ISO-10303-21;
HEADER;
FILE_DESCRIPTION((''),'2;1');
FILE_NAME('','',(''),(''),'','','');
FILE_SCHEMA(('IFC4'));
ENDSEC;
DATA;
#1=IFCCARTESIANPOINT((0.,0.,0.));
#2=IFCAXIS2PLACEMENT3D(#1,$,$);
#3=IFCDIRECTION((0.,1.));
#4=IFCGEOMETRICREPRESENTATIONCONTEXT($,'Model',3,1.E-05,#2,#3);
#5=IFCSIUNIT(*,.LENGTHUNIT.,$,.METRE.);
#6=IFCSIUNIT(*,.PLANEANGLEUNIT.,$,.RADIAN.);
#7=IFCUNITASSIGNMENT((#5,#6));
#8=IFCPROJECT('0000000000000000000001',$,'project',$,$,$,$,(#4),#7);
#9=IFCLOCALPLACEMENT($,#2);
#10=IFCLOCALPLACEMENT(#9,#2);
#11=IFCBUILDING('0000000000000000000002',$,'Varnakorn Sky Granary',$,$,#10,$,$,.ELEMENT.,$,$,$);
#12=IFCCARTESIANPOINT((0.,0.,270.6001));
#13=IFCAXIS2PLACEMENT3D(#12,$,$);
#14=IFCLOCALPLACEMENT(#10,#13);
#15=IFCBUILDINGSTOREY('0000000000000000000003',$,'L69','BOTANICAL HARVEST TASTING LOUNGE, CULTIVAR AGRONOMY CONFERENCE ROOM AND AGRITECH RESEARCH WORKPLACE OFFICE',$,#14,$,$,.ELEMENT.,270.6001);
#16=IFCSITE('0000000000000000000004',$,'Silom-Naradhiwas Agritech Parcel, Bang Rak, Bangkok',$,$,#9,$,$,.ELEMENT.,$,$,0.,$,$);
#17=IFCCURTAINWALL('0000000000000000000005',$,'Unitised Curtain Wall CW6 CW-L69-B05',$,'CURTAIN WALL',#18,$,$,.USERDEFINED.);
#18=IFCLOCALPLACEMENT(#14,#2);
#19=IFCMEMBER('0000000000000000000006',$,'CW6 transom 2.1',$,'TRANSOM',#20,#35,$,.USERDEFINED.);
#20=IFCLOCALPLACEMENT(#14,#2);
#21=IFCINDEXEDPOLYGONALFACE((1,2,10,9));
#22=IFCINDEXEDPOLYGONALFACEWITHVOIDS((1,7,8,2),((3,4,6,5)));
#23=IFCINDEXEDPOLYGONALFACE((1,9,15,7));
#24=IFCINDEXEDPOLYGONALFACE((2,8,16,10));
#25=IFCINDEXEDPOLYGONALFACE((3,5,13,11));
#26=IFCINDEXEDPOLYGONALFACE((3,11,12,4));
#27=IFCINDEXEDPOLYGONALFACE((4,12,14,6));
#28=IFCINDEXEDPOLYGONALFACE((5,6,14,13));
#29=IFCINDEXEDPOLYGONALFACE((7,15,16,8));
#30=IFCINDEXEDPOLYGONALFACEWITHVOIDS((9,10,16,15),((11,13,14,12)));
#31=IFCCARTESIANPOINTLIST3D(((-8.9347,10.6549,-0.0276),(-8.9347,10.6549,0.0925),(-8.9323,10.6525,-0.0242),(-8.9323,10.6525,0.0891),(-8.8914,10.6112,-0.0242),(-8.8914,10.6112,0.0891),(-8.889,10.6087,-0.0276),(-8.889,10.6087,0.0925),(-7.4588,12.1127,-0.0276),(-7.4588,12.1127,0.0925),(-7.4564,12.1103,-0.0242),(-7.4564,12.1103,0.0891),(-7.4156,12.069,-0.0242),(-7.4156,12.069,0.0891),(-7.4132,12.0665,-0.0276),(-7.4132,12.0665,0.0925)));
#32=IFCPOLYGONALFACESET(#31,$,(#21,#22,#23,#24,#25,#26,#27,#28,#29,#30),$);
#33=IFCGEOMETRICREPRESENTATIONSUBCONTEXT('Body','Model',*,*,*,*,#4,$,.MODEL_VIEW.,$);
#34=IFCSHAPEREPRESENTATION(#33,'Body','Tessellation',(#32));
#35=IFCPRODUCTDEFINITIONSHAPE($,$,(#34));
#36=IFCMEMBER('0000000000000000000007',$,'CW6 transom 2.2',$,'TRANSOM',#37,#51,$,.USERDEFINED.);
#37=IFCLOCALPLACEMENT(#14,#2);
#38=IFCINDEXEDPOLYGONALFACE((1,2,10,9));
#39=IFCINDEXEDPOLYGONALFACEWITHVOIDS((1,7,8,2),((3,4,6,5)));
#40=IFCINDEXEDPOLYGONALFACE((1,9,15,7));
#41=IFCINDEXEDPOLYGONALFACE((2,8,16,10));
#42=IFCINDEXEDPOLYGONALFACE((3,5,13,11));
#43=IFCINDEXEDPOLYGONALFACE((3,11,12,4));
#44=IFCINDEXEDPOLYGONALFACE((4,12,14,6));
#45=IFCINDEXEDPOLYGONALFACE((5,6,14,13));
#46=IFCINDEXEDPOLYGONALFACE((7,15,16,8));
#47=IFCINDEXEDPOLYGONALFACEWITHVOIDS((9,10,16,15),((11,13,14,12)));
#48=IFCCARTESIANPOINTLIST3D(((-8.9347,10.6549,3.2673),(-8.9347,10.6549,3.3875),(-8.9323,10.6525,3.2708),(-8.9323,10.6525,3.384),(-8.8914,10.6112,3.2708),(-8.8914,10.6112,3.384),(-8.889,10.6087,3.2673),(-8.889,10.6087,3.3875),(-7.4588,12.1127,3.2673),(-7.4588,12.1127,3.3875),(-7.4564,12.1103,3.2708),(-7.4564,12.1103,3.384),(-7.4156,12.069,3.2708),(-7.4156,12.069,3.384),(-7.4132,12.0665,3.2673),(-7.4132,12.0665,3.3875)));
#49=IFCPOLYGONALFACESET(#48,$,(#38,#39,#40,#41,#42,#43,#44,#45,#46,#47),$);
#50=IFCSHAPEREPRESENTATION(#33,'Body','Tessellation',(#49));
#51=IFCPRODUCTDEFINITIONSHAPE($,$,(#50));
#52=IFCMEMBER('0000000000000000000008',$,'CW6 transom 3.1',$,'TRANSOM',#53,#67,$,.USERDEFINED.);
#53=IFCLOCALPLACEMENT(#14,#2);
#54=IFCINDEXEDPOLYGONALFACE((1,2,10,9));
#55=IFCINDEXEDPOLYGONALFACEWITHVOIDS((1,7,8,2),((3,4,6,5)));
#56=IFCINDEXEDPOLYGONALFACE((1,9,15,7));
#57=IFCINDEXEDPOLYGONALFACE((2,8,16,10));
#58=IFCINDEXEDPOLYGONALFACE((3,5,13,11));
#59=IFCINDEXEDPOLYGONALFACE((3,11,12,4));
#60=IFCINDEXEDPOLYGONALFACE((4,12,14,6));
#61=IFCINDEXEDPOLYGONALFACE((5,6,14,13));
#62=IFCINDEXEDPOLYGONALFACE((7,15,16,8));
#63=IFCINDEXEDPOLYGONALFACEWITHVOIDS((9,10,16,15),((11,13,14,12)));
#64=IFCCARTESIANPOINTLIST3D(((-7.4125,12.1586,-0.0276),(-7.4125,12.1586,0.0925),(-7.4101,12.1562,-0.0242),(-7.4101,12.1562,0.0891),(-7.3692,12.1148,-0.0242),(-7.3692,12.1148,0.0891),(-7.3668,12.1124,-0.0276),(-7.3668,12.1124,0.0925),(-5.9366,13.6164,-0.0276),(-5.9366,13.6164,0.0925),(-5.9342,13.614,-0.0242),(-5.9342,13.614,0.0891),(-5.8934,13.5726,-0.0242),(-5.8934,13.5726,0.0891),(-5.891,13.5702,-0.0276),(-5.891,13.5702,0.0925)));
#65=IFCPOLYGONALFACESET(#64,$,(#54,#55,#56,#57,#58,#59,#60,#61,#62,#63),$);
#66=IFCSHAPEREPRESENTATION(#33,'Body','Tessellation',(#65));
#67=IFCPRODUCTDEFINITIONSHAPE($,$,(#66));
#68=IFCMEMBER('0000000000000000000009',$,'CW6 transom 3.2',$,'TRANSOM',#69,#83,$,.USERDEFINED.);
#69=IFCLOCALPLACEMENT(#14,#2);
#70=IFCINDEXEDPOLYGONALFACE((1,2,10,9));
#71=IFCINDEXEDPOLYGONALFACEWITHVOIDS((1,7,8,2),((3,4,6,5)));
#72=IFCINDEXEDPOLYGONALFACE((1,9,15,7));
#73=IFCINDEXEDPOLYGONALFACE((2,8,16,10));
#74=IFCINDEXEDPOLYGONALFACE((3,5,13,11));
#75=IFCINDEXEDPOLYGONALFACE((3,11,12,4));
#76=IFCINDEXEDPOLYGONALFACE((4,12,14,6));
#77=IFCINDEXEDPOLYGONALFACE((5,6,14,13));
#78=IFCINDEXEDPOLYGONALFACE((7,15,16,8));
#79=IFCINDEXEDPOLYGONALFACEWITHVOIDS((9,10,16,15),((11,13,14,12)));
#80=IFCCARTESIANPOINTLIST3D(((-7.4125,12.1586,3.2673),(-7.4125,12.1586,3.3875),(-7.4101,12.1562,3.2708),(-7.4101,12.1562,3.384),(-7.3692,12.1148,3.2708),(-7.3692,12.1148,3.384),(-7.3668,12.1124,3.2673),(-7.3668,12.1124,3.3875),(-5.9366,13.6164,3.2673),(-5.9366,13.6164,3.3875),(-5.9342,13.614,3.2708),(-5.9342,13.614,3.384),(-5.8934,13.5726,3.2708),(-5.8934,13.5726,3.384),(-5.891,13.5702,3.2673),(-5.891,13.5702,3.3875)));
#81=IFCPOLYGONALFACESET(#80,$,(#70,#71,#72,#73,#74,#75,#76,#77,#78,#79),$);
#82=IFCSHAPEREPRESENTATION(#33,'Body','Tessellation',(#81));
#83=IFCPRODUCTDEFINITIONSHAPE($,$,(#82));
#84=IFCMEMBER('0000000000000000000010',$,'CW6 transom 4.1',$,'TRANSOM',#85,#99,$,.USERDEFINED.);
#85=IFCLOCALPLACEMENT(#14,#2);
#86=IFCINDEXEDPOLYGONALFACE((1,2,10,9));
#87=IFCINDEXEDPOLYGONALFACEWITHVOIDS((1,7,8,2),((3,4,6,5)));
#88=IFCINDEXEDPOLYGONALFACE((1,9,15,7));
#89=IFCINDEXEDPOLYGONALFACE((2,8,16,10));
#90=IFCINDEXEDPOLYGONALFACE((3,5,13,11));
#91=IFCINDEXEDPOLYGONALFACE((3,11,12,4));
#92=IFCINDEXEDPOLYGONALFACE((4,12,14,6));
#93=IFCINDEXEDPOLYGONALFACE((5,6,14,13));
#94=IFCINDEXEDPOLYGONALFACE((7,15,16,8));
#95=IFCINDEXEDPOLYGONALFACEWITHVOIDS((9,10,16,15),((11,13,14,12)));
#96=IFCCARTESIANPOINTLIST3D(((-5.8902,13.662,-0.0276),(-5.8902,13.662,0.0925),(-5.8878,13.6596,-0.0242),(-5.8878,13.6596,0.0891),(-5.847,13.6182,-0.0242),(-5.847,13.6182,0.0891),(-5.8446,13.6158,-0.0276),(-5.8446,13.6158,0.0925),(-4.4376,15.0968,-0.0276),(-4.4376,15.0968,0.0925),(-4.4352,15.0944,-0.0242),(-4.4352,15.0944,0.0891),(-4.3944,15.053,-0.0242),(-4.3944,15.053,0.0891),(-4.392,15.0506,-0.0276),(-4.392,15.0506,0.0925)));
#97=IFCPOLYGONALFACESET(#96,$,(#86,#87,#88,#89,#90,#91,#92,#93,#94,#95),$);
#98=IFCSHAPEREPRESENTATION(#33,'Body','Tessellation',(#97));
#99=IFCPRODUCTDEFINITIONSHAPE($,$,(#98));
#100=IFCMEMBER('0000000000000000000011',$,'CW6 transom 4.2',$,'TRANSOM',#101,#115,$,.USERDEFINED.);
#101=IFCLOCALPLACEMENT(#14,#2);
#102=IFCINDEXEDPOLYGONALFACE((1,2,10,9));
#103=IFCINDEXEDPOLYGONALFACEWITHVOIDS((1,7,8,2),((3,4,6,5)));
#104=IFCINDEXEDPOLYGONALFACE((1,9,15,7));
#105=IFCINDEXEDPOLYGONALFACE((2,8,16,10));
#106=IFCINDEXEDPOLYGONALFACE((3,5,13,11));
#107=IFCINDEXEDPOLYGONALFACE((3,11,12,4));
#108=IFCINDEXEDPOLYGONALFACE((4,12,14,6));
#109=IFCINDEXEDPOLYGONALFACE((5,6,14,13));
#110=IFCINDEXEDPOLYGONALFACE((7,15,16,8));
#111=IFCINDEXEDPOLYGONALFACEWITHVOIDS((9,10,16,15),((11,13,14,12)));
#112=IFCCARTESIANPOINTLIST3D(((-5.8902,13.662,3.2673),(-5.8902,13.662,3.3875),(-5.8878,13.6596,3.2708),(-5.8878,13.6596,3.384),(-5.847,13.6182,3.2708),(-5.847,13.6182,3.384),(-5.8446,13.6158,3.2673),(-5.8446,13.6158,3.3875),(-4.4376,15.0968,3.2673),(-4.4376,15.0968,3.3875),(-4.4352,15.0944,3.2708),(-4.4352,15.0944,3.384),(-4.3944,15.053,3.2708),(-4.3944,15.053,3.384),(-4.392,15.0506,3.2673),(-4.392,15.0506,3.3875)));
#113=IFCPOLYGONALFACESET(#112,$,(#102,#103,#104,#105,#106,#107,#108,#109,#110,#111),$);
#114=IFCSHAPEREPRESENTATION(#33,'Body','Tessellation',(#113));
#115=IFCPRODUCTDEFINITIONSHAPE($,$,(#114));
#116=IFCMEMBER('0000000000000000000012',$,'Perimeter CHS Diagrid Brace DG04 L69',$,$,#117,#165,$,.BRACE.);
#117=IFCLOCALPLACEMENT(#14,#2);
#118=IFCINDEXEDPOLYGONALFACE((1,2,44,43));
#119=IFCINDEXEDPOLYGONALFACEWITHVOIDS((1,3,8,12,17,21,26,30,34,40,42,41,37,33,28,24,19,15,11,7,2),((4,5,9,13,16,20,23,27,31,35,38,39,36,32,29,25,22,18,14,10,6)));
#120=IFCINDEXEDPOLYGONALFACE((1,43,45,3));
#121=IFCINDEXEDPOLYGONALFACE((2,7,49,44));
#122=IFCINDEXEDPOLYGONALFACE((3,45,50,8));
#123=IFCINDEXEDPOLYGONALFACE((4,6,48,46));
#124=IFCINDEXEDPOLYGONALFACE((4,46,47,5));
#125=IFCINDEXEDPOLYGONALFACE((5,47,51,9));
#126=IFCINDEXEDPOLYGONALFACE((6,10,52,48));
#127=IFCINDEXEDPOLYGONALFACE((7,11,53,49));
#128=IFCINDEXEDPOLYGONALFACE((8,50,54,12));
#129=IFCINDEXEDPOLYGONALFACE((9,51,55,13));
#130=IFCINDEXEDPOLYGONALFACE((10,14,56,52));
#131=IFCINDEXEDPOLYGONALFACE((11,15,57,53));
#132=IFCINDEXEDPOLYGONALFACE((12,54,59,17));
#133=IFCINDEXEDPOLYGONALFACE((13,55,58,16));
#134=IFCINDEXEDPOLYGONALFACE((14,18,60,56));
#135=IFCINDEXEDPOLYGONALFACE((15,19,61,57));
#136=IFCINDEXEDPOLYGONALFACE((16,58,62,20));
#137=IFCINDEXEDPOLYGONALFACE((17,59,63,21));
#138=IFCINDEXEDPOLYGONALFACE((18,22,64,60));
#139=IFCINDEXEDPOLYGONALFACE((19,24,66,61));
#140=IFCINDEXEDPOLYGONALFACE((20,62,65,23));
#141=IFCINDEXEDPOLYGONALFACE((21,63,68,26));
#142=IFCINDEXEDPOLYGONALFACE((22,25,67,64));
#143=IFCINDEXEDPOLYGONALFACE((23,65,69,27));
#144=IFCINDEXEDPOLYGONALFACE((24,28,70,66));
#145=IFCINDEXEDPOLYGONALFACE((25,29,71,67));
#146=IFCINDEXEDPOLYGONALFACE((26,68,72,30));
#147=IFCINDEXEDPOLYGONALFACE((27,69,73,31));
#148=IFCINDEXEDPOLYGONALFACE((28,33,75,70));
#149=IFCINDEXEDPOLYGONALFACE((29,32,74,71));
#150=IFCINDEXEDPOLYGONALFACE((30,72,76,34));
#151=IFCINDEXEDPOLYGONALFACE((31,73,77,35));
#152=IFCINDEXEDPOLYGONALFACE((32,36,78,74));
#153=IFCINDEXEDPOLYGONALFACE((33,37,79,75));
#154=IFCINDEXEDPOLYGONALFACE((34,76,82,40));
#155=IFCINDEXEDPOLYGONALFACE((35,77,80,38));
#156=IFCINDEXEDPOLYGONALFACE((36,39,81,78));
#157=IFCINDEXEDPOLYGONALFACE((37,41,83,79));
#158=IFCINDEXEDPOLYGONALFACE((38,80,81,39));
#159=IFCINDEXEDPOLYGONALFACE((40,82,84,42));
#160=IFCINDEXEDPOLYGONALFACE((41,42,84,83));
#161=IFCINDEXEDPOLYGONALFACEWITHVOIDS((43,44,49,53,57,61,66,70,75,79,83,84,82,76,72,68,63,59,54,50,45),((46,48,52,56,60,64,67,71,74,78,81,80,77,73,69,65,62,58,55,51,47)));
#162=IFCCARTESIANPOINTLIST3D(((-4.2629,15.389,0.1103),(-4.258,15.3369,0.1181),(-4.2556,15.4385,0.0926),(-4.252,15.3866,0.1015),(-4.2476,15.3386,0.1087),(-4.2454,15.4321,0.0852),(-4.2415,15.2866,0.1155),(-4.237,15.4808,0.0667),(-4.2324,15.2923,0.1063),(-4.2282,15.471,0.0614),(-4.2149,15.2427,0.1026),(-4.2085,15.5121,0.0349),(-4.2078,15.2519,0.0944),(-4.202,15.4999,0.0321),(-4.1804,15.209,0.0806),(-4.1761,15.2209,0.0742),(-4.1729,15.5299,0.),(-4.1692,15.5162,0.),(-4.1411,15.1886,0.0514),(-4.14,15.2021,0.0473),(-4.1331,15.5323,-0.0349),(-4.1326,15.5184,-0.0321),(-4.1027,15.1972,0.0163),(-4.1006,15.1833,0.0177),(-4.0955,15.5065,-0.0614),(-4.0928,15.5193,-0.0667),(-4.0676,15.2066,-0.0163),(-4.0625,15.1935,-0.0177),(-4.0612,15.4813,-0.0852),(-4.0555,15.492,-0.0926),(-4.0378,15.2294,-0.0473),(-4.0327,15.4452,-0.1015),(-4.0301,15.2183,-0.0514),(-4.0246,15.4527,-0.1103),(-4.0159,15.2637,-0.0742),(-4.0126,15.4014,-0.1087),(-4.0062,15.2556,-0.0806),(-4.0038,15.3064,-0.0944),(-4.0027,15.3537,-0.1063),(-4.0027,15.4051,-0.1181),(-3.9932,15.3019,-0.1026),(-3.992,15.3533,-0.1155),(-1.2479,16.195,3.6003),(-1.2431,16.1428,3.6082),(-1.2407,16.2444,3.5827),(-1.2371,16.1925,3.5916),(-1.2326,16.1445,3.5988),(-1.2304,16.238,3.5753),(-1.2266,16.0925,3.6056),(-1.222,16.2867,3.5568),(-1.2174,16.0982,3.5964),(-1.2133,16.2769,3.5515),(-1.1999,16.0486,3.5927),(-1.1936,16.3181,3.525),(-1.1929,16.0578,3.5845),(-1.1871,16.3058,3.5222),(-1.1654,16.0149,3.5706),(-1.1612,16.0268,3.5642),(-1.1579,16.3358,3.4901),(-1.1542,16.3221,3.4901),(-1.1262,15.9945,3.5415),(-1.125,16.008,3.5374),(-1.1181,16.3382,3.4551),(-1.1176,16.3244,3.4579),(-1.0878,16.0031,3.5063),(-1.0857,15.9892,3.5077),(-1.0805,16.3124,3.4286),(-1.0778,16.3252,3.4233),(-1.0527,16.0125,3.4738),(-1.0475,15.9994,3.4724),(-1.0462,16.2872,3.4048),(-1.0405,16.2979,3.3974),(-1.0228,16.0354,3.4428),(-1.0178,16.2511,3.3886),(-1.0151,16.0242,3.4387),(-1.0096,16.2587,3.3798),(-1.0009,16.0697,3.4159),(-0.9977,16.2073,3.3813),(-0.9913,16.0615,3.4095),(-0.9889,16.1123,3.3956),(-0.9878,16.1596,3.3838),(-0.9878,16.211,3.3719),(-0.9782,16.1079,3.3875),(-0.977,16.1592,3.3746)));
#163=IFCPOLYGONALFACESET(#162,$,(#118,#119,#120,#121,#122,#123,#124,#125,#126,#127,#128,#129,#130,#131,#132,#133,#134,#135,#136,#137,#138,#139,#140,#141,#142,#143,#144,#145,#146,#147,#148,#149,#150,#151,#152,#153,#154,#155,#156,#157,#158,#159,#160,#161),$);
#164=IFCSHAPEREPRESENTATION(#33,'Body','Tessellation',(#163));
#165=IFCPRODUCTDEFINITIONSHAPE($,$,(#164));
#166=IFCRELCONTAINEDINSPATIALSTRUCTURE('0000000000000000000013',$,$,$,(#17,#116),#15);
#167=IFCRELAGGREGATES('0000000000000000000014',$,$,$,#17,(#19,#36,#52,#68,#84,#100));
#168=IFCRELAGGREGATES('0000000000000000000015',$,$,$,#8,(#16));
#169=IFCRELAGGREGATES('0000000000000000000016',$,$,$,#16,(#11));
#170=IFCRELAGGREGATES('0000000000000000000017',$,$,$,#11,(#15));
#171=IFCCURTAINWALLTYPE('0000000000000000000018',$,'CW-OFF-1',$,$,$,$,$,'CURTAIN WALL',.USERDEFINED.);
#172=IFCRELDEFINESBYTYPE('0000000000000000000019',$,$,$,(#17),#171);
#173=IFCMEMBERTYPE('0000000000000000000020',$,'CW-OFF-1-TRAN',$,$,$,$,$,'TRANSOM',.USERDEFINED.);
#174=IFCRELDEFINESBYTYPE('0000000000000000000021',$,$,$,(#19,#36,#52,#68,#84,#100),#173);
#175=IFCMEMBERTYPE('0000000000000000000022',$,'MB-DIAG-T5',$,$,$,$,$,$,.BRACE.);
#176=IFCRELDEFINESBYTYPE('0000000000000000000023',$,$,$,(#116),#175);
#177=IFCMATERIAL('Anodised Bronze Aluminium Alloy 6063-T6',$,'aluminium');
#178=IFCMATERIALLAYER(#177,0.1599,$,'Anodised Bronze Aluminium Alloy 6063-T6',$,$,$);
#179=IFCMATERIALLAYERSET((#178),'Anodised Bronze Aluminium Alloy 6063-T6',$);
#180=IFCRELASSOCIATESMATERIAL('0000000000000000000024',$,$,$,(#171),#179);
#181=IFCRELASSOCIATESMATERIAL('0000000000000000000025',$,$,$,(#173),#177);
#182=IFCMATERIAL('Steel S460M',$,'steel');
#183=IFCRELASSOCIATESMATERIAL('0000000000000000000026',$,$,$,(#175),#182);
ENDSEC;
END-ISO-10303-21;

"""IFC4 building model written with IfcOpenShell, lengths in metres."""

from ifc_helpers import new_model, si_unit, direction, frame, origin, origin_2d, place, context, subcontext, project, spatial, hollow_rectangle, hollow_circle, extrude, material, layer, layer_set, material_profile, profile_set, type_object, element, aggregate, save


model = new_model("IFC4")

# Units and contexts
model_context = context("Model", 3, precision=1e-05, world=origin(), true_north=direction((0.0, 1.0)))
body_context = subcontext(model_context, "Body", "Model", "MODEL_VIEW")
ifc_project = project(units=[si_unit("LENGTHUNIT", "METRE"), si_unit("PLANEANGLEUNIT", "RADIAN")], contexts=[model_context])

# Site, building, storey
site_placement = place(None, origin())
site = spatial("IfcSite", under=ifc_project, at=site_placement, Name="Silom-Naradhiwas Agritech Parcel, Bang Rak, Bangkok", CompositionType="ELEMENT", RefElevation=0.0)
building_placement = place(site_placement, origin())
building = spatial("IfcBuilding", under=site, at=building_placement, Name="Varnakorn Sky Granary", CompositionType="ELEMENT")
storey_placement = place(building_placement, frame((0.0, 0.0, 270.6001)))
storey = spatial("IfcBuildingStorey", under=building, at=storey_placement, Name="L69", Description="BOTANICAL HARVEST TASTING LOUNGE, CULTIVAR AGRONOMY CONFERENCE ROOM AND AGRITECH RESEARCH WORKPLACE OFFICE", CompositionType="ELEMENT", Elevation=270.6001)

# Shared definitions
ifc_material_1 = material(Name="Steel S460M", Category="steel")

# Shared definitions
ifc_material_2 = material(Name="Anodised Bronze Aluminium Alloy 6063-T6", Category="aluminium")
ifc_layer_1 = layer(ifc_material_2, 0.1599, Name="Anodised Bronze Aluminium Alloy 6063-T6")
ifc_layer_set_1 = layer_set([ifc_layer_1], Name="Anodised Bronze Aluminium Alloy 6063-T6")
curtain_wall_type = type_object("IfcCurtainWallType", Name="CW-OFF-1", ElementType="CURTAIN WALL", PredefinedType="USERDEFINED", material=ifc_layer_set_1)

# Curtain wall
curtain_wall_1_placement = place(storey_placement, origin())
curtain_wall_1 = element("IfcCurtainWall", 1, at=curtain_wall_1_placement, inside=storey, type_object=curtain_wall_type, Name="Unitised Curtain Wall CW6 CW-L69-B05", ObjectType="CURTAIN WALL", PredefinedType="USERDEFINED")

# Members
ifc_material_profile_1 = material_profile(ifc_material_2, hollow_rectangle(XDim=0.0649, YDim=0.1201, WallThickness=0.0034, at=origin_2d()), Name="ALU TRAN 65x120")
ifc_profile_set_1 = profile_set([ifc_material_profile_1], Name="Anodised Bronze Aluminium Alloy 6063-T6")
member_type_1 = type_object("IfcMemberType", Name="CW-OFF-1-TRAN", ElementType="TRANSOM", PredefinedType="USERDEFINED", material=ifc_profile_set_1)
member_1_placement = place(storey_placement, frame((-8.9119, 10.6318, 0.0325), z_axis=(0.711448, 0.702739, 0.0), x_axis=(-0.702739, 0.711448, 0.0)))
member_1 = element("IfcMember", 2, at=member_1_placement, type_object=member_type_1, Name="CW6 transom 2.1", ObjectType="TRANSOM", PredefinedType="USERDEFINED", context=body_context, shape_type="SweptSolid", body=[
    extrude(hollow_rectangle(XDim=0.0649, YDim=0.1201, WallThickness=0.0034, at=origin_2d()), origin(), (0.0, 0.0, 1.0), 2.0745),
])
member_2_placement = place(storey_placement, frame((-8.9119, 10.6318, 3.3274), z_axis=(0.711448, 0.702739, 0.0), x_axis=(-0.702739, 0.711448, 0.0)))
member_2 = element("IfcMember", 3, at=member_2_placement, type_object=member_type_1, Name="CW6 transom 2.2", ObjectType="TRANSOM", PredefinedType="USERDEFINED", context=body_context, shape_type="SweptSolid", body=[
    extrude(hollow_rectangle(XDim=0.0649, YDim=0.1201, WallThickness=0.0034, at=origin_2d()), origin(), (0.0, 0.0, 1.0), 2.0745),
])
member_3_placement = place(storey_placement, frame((-7.3896, 12.1355, 0.0325), z_axis=(0.711448, 0.702739, 0.0), x_axis=(-0.702739, 0.711448, 0.0)))
member_3 = element("IfcMember", 4, at=member_3_placement, type_object=member_type_1, Name="CW6 transom 3.1", ObjectType="TRANSOM", PredefinedType="USERDEFINED", context=body_context, shape_type="SweptSolid", body=[
    extrude(hollow_rectangle(XDim=0.0649, YDim=0.1201, WallThickness=0.0034, at=origin_2d()), origin(), (0.0, 0.0, 1.0), 2.0745),
])
member_4_placement = place(storey_placement, frame((-7.3896, 12.1355, 3.3274), z_axis=(0.711448, 0.702739, 0.0), x_axis=(-0.702739, 0.711448, 0.0)))
member_4 = element("IfcMember", 5, at=member_4_placement, type_object=member_type_1, Name="CW6 transom 3.2", ObjectType="TRANSOM", PredefinedType="USERDEFINED", context=body_context, shape_type="SweptSolid", body=[
    extrude(hollow_rectangle(XDim=0.0649, YDim=0.1201, WallThickness=0.0034, at=origin_2d()), origin(), (0.0, 0.0, 1.0), 2.0745),
])
member_5_placement = place(storey_placement, frame((-5.8674, 13.6389, 0.0325), z_axis=(0.711458, 0.702729, 0.0), x_axis=(-0.702729, 0.711458, 0.0)))
member_5 = element("IfcMember", 6, at=member_5_placement, type_object=member_type_1, Name="CW6 transom 4.1", ObjectType="TRANSOM", PredefinedType="USERDEFINED", context=body_context, shape_type="SweptSolid", body=[
    extrude(hollow_rectangle(XDim=0.0649, YDim=0.1201, WallThickness=0.0034, at=origin_2d()), origin(), (0.0, 0.0, 1.0), 2.0417),
])
member_6_placement = place(storey_placement, frame((-5.8674, 13.6389, 3.3274), z_axis=(0.711458, 0.702729, 0.0), x_axis=(-0.702729, 0.711458, 0.0)))
member_6 = element("IfcMember", 7, at=member_6_placement, type_object=member_type_1, Name="CW6 transom 4.2", ObjectType="TRANSOM", PredefinedType="USERDEFINED", context=body_context, shape_type="SweptSolid", body=[
    extrude(hollow_rectangle(XDim=0.0649, YDim=0.1201, WallThickness=0.0034, at=origin_2d()), origin(), (0.0, 0.0, 1.0), 2.0417),
])

# Member
ifc_material_profile_2 = material_profile(ifc_material_1, hollow_circle(Radius=0.1777, WallThickness=0.0142, at=origin_2d()), Name="CHS 355.6x14")
ifc_profile_set_2 = profile_set([ifc_material_profile_2], Name="Steel S460M")
member_type_2 = type_object("IfcMemberType", Name="MB-DIAG-T5", PredefinedType="BRACE", material=ifc_profile_set_2)
member_7_placement = place(storey_placement, frame((-4.127, 15.3582, 0.0), z_axis=(0.643962, 0.172137, 0.74544), x_axis=(-0.258242, 0.96608, 0.0)))
element("IfcMember", 8, at=member_7_placement, inside=storey, type_object=member_type_2, Name="Perimeter CHS Diagrid Brace DG04 L69", PredefinedType="BRACE", context=body_context, shape_type="SweptSolid", body=[
    extrude(hollow_circle(Radius=0.1777, WallThickness=0.0142, at=origin_2d()), origin(), (0.0, 0.0, 1.0), 4.6819),
])

aggregate(curtain_wall_1, [member_1, member_2, member_3, member_4, member_5, member_6])

save(model, "model.ifc")
